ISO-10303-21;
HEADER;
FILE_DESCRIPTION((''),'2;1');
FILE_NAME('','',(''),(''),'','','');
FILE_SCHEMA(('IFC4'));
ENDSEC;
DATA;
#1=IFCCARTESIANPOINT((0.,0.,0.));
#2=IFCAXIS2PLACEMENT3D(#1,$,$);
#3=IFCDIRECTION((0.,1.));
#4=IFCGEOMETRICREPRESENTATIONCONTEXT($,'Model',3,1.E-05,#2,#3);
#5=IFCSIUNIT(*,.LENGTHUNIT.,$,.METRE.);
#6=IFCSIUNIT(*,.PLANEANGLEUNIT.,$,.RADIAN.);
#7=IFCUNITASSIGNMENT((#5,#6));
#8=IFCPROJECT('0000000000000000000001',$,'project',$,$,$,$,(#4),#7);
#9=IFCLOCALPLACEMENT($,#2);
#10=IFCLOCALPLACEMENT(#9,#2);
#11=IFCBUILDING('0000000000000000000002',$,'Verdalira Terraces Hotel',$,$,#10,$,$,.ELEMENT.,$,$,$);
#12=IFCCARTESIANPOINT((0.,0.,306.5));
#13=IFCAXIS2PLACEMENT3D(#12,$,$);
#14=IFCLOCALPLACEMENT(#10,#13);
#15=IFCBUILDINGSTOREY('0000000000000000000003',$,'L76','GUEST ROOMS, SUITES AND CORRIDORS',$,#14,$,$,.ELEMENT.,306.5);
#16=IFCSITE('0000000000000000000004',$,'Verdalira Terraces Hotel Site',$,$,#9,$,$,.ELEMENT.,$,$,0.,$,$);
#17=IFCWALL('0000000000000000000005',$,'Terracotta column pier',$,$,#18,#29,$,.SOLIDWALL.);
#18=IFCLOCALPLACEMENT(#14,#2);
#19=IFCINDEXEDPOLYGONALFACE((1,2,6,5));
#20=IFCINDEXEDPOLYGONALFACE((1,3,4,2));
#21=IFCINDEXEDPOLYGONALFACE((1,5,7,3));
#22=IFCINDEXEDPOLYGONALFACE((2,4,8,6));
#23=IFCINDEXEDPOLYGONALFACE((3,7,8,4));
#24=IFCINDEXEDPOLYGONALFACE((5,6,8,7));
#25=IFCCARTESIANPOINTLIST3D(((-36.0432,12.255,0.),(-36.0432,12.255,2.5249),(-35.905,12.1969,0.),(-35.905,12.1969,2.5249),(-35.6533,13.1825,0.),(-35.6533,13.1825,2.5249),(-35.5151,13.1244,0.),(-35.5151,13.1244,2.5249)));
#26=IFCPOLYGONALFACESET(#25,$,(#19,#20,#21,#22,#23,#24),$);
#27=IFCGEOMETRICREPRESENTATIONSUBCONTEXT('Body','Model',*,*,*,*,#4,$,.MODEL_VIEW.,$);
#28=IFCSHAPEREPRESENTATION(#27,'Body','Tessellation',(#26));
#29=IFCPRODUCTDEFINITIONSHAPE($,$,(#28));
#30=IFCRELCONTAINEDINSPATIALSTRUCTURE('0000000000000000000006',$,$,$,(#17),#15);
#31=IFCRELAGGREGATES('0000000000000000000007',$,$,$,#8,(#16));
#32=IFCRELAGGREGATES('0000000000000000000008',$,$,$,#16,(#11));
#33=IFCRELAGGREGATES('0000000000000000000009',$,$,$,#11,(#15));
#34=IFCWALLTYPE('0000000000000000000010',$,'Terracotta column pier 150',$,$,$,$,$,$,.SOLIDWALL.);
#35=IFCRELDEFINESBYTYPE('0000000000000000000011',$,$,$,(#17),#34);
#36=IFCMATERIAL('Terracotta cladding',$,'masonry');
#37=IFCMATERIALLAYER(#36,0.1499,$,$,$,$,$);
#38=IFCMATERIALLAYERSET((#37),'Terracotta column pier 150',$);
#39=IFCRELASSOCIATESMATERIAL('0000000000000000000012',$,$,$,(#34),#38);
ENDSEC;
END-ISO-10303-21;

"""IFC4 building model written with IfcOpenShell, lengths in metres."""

from ifc_helpers import new_model, si_unit, direction, frame, frame_2d, origin, place, context, subcontext, project, spatial, rectangle, extrude, material, layer, layer_set, type_object, element, save


model = new_model("IFC4")

# Units and contexts
model_context = context("Model", 3, precision=1e-05, world=origin(), true_north=direction((0.0, 1.0)))
body_context = subcontext(model_context, "Body", "Model", "MODEL_VIEW")
ifc_project = project(units=[si_unit("LENGTHUNIT", "METRE"), si_unit("PLANEANGLEUNIT", "RADIAN")], contexts=[model_context])

# Site, building, storey
site_placement = place(None, origin())
site = spatial("IfcSite", under=ifc_project, at=site_placement, Name="Verdalira Terraces Hotel Site", CompositionType="ELEMENT", RefElevation=0.0)
building_placement = place(site_placement, origin())
building = spatial("IfcBuilding", under=site, at=building_placement, Name="Verdalira Terraces Hotel", CompositionType="ELEMENT")
storey_placement = place(building_placement, frame((0.0, 0.0, 306.5)))
storey = spatial("IfcBuildingStorey", under=building, at=storey_placement, Name="L76", Description="GUEST ROOMS, SUITES AND CORRIDORS", CompositionType="ELEMENT", Elevation=306.5)

# Wall
ifc_material_1 = material(Name="Terracotta cladding", Category="masonry")
ifc_layer_1 = layer(ifc_material_1, 0.1499)
ifc_layer_set_1 = layer_set([ifc_layer_1], Name="Terracotta column pier 150")
wall_type_1 = type_object("IfcWallType", Name="Terracotta column pier 150", PredefinedType="SOLIDWALL", material=ifc_layer_set_1)
wall_1_placement = place(storey_placement, frame((-35.5842, 13.1533, 0.0), z_axis=(0.0, 0.0, 1.0), x_axis=(-0.387525, -0.921859, 0.0)))
element("IfcWall", 1, at=wall_1_placement, inside=storey, type_object=wall_type_1, Name="Terracotta column pier", PredefinedType="SOLIDWALL", context=body_context, shape_type="SweptSolid", body=[
    extrude(rectangle(XDim=1.0061, YDim=0.1499, at=frame_2d((0.5029, 0.0))), origin(), (0.0, 0.0, 1.0), 2.5249),
])

save(model, "model.ifc")
